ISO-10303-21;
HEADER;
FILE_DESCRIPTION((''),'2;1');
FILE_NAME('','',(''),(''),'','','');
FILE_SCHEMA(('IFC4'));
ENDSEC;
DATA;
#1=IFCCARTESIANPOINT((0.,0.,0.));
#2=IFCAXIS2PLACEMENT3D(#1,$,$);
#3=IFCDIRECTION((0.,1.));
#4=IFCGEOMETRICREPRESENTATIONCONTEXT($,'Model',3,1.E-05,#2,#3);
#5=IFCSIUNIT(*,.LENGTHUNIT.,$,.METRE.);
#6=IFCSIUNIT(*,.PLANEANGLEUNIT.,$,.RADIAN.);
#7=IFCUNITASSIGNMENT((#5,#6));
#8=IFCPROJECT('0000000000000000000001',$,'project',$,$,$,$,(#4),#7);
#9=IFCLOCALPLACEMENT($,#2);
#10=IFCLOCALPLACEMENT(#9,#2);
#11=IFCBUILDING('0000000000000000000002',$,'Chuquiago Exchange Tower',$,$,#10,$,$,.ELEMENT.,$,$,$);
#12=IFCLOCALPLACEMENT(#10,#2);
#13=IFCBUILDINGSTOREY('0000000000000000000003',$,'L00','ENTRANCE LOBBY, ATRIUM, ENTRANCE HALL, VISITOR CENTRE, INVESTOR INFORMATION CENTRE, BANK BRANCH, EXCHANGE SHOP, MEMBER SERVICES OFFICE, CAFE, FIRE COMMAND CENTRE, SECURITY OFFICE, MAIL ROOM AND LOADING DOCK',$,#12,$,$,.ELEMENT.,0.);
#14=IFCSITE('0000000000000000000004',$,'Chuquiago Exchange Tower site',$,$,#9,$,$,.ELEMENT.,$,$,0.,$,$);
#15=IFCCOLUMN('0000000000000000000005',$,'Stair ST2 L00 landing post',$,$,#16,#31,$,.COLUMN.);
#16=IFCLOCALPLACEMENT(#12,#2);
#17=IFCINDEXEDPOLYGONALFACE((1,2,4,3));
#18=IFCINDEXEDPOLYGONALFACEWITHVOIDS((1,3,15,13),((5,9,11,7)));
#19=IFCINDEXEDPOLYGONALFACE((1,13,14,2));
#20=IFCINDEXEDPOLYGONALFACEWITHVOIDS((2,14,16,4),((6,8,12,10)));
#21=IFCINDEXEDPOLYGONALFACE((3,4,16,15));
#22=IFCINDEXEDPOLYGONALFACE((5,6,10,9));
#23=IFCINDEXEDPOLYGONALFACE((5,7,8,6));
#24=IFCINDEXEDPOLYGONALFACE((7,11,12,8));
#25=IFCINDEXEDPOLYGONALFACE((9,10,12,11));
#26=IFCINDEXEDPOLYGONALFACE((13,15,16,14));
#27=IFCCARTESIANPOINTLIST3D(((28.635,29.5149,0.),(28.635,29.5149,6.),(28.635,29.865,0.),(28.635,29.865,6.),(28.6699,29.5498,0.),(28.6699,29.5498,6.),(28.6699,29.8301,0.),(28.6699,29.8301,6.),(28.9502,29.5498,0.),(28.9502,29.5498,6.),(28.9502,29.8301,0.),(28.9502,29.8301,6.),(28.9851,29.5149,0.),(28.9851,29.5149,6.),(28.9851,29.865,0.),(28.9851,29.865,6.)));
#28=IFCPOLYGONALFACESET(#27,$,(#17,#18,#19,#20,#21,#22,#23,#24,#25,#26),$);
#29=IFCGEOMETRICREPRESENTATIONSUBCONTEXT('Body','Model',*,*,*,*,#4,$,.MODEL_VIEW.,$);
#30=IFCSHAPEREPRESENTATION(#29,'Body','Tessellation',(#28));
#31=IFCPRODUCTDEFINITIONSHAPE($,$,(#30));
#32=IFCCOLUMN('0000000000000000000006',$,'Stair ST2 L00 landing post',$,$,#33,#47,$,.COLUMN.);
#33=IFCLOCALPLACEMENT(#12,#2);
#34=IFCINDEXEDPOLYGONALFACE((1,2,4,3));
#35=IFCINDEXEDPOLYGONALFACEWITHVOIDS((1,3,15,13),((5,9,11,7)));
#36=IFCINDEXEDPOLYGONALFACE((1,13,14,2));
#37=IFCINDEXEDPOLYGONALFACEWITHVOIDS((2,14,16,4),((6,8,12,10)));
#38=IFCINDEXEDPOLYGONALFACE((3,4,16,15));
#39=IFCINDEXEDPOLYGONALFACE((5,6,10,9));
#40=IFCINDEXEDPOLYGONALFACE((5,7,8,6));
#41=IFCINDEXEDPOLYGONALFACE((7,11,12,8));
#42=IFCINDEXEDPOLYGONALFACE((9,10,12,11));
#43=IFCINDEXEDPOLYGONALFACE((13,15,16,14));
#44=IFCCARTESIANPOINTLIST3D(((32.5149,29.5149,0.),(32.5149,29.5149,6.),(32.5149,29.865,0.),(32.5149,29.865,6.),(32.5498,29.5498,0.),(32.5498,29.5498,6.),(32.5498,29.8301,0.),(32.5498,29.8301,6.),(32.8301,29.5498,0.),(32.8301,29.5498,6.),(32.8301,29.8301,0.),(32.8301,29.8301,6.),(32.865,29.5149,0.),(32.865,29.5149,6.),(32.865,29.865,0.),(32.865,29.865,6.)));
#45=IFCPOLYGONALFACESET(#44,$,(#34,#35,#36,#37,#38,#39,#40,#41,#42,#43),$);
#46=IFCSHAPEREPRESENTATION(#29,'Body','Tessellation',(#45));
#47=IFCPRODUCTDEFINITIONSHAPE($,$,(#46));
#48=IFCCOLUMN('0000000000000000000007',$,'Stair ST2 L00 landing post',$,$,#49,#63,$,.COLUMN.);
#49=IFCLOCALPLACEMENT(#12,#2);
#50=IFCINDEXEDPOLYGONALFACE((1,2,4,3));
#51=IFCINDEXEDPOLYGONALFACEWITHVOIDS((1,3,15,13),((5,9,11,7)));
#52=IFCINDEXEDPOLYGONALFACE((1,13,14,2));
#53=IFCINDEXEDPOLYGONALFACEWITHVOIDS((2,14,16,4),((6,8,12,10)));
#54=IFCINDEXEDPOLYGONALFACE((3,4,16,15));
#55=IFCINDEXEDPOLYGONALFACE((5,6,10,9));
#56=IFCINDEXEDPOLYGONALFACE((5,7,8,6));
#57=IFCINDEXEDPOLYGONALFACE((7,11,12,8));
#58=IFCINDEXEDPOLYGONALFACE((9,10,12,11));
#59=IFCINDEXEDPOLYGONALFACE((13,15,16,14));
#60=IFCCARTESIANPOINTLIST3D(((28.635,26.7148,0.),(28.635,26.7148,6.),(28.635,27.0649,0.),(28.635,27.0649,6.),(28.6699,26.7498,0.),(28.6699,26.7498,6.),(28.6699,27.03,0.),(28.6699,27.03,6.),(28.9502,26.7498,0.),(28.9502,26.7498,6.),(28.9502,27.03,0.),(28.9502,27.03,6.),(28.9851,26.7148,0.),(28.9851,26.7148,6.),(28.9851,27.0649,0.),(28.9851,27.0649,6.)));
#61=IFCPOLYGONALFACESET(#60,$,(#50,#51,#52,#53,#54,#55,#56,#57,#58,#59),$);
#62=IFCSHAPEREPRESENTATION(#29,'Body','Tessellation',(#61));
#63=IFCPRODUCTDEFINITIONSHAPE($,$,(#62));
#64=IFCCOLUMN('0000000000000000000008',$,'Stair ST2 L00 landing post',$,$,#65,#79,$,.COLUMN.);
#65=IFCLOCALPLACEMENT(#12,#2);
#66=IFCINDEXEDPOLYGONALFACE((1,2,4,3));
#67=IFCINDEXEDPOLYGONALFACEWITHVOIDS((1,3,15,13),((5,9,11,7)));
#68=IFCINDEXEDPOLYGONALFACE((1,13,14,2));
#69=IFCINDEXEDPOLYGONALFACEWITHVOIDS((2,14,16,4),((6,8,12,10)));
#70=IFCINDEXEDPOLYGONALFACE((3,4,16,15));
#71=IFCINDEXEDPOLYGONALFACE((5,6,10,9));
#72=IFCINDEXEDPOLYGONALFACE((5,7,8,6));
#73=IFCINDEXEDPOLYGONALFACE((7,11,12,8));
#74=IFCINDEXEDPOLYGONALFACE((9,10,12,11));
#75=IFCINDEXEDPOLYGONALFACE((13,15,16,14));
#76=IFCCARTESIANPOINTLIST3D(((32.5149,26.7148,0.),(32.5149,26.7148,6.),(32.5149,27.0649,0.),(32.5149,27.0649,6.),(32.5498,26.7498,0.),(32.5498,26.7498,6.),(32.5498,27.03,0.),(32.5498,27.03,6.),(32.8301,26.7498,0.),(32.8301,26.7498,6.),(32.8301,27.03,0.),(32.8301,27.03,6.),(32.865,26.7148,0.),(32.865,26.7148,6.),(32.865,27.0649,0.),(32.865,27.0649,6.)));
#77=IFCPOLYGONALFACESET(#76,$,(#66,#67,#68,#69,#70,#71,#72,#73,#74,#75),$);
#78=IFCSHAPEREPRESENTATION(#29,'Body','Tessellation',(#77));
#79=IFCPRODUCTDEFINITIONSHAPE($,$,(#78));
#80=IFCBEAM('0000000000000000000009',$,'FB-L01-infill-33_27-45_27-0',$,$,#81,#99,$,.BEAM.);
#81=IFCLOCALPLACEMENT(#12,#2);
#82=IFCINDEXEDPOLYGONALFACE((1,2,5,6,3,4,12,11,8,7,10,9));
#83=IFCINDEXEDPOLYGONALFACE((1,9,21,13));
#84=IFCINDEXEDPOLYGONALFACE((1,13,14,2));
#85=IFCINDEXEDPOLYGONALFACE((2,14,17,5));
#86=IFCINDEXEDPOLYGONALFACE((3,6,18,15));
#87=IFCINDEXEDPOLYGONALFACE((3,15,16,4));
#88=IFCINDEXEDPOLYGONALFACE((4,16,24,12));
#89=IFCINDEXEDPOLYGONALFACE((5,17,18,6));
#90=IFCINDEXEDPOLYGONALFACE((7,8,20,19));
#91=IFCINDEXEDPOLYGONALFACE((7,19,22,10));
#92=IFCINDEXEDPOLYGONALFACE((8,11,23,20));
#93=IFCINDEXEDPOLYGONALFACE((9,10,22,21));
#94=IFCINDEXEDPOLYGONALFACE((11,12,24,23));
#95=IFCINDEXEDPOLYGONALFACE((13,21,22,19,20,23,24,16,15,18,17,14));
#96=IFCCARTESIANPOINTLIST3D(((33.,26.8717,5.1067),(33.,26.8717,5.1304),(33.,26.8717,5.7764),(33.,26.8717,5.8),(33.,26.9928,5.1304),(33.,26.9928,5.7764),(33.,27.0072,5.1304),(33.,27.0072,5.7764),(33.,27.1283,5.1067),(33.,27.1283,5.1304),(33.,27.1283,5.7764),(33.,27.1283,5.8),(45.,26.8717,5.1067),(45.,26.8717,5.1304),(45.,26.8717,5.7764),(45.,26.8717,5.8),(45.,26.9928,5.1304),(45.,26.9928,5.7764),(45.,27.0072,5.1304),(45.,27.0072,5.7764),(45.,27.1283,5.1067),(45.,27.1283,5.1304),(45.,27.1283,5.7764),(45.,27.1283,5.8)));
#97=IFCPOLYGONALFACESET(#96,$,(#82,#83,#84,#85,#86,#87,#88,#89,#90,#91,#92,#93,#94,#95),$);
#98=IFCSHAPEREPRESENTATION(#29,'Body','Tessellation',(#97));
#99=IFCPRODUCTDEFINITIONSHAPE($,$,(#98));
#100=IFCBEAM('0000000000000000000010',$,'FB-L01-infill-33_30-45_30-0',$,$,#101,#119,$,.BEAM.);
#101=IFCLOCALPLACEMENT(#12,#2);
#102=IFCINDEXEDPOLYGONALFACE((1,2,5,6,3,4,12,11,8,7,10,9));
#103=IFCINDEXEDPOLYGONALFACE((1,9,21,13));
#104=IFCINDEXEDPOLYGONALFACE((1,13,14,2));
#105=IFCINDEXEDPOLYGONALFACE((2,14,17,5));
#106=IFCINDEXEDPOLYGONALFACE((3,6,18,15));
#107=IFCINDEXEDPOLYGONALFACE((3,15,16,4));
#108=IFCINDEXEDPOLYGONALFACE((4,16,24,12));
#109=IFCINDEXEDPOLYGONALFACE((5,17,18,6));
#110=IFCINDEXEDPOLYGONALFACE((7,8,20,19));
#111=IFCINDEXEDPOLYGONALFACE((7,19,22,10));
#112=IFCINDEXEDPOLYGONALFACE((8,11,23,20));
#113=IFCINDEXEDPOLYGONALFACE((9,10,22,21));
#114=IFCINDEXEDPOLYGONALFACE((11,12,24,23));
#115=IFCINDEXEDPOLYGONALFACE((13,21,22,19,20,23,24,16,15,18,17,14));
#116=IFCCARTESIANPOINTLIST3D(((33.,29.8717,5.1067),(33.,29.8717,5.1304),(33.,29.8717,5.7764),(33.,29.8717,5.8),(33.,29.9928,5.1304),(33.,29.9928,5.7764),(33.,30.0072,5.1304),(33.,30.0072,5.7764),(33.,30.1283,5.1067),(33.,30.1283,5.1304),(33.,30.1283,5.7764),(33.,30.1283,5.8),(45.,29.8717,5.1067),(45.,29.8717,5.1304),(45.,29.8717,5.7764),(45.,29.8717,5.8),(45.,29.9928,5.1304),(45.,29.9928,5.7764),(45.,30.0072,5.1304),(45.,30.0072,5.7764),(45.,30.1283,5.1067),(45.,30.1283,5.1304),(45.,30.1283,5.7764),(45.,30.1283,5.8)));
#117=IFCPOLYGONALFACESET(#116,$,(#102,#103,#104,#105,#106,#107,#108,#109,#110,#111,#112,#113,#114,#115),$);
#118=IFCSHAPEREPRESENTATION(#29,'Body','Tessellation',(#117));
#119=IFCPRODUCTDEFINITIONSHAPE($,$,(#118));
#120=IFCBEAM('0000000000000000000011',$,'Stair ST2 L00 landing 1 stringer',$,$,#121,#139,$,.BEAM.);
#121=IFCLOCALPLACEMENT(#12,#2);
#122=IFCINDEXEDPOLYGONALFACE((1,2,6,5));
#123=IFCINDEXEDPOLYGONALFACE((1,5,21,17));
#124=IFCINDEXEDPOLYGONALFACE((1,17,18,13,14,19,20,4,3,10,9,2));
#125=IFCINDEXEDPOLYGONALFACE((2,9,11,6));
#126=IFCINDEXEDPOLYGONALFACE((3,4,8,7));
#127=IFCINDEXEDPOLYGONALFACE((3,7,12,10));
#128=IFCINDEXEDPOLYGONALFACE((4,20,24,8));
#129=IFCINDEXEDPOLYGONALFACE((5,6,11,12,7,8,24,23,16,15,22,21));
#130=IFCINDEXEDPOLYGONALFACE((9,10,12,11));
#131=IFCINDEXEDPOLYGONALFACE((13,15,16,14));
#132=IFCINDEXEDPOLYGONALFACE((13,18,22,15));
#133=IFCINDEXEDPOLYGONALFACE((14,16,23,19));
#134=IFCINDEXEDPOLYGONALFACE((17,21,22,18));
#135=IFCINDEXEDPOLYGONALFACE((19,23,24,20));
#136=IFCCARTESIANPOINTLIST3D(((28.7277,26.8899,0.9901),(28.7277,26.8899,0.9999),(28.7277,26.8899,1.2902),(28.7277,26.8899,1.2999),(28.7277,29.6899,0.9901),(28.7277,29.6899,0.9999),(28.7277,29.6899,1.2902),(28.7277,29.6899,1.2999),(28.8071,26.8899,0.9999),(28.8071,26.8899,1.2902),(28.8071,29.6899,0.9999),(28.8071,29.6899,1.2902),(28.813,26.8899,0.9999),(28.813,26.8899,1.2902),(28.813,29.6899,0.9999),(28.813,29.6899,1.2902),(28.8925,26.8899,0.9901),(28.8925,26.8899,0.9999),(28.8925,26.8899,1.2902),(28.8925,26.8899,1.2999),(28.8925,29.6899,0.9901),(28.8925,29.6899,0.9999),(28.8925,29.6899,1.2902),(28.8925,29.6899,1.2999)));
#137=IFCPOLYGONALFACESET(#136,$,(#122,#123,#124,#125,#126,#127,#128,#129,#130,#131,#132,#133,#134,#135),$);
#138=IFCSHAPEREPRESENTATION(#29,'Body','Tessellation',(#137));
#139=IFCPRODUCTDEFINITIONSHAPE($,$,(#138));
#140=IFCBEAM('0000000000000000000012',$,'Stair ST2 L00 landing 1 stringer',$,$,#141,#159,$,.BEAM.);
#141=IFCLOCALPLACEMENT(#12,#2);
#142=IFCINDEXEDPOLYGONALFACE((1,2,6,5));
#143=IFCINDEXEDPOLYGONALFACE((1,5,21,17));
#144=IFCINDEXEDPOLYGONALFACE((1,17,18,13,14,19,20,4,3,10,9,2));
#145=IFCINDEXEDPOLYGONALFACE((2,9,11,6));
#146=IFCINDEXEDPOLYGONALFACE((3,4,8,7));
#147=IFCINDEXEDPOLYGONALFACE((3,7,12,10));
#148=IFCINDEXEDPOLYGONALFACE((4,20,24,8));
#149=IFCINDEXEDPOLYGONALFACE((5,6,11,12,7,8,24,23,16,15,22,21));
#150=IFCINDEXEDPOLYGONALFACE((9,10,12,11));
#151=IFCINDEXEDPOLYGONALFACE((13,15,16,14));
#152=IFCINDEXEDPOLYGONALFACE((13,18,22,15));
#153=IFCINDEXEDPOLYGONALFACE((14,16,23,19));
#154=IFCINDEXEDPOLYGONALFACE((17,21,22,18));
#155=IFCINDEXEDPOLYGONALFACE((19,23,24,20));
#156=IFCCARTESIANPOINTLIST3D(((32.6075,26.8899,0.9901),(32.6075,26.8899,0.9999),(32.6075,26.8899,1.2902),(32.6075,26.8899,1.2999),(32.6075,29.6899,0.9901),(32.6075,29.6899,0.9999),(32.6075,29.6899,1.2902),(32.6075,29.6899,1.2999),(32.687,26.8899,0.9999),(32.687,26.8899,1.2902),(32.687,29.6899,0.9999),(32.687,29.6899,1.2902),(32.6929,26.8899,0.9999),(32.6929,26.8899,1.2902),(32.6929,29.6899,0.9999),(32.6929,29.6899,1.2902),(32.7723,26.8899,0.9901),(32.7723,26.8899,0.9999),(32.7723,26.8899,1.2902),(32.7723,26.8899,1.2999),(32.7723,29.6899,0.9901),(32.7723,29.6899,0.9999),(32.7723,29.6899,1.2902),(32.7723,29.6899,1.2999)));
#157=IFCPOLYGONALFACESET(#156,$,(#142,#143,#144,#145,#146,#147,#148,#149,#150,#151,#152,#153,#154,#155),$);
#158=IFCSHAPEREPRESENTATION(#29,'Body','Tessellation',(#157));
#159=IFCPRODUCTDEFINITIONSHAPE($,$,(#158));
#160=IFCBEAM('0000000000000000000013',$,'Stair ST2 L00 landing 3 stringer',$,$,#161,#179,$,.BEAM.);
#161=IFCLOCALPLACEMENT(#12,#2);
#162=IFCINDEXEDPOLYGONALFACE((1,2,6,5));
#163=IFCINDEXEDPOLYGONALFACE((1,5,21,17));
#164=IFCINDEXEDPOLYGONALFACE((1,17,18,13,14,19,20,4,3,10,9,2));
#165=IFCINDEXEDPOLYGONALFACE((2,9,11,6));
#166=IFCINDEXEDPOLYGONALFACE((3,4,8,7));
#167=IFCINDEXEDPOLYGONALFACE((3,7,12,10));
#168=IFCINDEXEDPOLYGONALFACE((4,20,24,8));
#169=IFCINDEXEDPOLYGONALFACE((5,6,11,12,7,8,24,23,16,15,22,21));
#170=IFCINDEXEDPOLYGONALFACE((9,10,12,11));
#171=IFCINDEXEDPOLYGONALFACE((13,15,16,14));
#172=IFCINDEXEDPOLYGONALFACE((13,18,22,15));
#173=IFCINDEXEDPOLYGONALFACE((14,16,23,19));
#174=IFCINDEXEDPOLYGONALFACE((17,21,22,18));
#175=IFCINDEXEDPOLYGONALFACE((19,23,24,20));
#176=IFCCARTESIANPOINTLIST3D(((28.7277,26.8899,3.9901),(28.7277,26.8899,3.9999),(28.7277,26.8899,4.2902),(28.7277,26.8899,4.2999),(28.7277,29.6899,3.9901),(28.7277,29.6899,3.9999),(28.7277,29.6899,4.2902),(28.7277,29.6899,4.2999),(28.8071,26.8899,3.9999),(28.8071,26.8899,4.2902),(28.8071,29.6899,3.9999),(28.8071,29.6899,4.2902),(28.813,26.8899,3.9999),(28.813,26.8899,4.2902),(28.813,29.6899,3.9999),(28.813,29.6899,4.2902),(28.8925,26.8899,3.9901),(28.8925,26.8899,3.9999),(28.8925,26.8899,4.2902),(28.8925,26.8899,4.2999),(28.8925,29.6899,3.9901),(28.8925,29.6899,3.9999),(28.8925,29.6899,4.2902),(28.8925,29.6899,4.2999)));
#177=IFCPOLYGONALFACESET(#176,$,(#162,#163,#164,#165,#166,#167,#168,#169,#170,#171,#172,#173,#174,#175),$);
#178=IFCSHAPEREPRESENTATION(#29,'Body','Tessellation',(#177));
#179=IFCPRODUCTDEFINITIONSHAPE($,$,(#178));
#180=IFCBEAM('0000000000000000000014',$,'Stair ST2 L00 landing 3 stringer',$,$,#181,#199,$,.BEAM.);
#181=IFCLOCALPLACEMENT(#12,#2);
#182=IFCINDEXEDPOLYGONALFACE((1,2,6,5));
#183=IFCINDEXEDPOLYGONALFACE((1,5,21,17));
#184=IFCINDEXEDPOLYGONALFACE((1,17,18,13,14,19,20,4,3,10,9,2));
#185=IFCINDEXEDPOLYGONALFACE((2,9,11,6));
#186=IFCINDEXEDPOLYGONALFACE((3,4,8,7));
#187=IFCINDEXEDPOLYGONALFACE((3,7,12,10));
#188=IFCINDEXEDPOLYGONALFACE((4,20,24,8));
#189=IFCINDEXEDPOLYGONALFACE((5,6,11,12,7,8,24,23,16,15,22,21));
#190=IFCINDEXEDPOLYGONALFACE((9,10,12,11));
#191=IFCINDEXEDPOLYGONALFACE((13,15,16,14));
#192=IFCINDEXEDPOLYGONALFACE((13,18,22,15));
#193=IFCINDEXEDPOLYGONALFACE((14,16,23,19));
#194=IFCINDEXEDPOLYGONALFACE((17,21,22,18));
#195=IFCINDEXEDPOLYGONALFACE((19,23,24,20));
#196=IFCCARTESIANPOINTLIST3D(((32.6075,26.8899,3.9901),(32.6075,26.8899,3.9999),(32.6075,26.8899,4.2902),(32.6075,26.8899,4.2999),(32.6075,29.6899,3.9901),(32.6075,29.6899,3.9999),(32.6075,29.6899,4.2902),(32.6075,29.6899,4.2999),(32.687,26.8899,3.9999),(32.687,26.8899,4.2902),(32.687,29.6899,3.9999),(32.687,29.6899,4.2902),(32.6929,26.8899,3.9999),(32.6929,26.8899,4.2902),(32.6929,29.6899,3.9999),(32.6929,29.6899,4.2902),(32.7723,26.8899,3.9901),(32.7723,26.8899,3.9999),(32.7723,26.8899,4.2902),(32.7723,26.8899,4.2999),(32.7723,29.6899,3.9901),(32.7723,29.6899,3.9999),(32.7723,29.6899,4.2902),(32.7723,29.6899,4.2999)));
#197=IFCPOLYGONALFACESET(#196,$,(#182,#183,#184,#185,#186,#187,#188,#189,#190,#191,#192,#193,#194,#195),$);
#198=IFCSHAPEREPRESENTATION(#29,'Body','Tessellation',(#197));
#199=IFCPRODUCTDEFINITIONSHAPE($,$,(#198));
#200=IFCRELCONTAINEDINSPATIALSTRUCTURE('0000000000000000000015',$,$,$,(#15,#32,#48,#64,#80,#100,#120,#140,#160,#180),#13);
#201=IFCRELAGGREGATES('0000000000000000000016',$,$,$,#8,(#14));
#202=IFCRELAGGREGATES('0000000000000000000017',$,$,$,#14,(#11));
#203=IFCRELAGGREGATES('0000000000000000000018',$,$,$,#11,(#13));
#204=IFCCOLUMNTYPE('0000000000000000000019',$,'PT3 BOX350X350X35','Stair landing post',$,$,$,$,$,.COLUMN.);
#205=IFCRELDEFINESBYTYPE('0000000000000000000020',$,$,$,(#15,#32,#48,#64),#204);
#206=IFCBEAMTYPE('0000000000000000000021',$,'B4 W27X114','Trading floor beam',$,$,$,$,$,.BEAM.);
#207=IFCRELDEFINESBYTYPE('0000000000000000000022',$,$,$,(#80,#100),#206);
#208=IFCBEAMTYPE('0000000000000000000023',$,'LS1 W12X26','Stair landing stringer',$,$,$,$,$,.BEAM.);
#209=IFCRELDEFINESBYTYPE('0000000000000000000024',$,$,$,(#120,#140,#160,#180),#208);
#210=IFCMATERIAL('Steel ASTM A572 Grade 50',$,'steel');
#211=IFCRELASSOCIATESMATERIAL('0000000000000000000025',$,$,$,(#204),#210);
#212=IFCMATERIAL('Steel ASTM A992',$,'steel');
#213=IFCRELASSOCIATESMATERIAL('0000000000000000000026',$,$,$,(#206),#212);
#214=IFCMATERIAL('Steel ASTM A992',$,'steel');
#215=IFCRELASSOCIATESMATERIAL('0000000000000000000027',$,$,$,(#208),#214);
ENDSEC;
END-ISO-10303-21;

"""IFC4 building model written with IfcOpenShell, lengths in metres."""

from ifc_helpers import new_model, si_unit, direction, frame, origin, origin_2d, place, context, subcontext, project, spatial, hollow_rectangle, i_section, extrude, material, material_profile, profile_set, type_object, element, save


model = new_model("IFC4")

# Units and contexts
model_context = context("Model", 3, precision=1e-05, world=origin(), true_north=direction((0.0, 1.0)))
body_context = subcontext(model_context, "Body", "Model", "MODEL_VIEW")
ifc_project = project(units=[si_unit("LENGTHUNIT", "METRE"), si_unit("PLANEANGLEUNIT", "RADIAN")], contexts=[model_context])

# Site, building, storey
site_placement = place(None, origin())
site = spatial("IfcSite", under=ifc_project, at=site_placement, Name="Chuquiago Exchange Tower site", CompositionType="ELEMENT", RefElevation=0.0)
building_placement = place(site_placement, origin())
building = spatial("IfcBuilding", under=site, at=building_placement, Name="Chuquiago Exchange Tower", CompositionType="ELEMENT")
storey_placement = place(building_placement, origin())
storey = spatial("IfcBuildingStorey", under=building, at=storey_placement, Name="L00", Description="ENTRANCE LOBBY, ATRIUM, ENTRANCE HALL, VISITOR CENTRE, INVESTOR INFORMATION CENTRE, BANK BRANCH, EXCHANGE SHOP, MEMBER SERVICES OFFICE, CAFE, FIRE COMMAND CENTRE, SECURITY OFFICE, MAIL ROOM AND LOADING DOCK", CompositionType="ELEMENT", Elevation=0.0)

# Columns
ifc_material_1 = material(Name="Steel ASTM A572 Grade 50", Category="steel")
ifc_material_profile_1 = material_profile(ifc_material_1, hollow_rectangle(XDim=0.3501, YDim=0.3501, WallThickness=0.0349, at=origin_2d()), Name="BOX350X350X35")
ifc_profile_set_1 = profile_set([ifc_material_profile_1], Name="Steel ASTM A572 Grade 50")
column_type = type_object("IfcColumnType", Name="PT3 BOX350X350X35", Description="Stair landing post", PredefinedType="COLUMN", material=ifc_profile_set_1)
for number, where, z_axis, x_axis, name in (
    (1, (28.8101, 29.6899, 0.0), (0.0, 0.0, 1.0), (1.0, 0.0, 0.0), "Stair ST2 L00 landing post"),
    (2, (32.6899, 29.6899, 0.0), (0.0, 0.0, 1.0), (1.0, 0.0, 0.0), "Stair ST2 L00 landing post"),
    (3, (28.8101, 26.8899, 0.0), (0.0, 0.0, 1.0), (1.0, 0.0, 0.0), "Stair ST2 L00 landing post"),
    (4, (32.6899, 26.8899, 0.0), (0.0, 0.0, 1.0), (1.0, 0.0, 0.0), "Stair ST2 L00 landing post"),
):
    element("IfcColumn", number, at=place(storey_placement, frame(where, z_axis=z_axis, x_axis=x_axis)), inside=storey, type_object=column_type, Name=name, PredefinedType="COLUMN", context=body_context, shape_type="SweptSolid", body=[
        extrude(hollow_rectangle(XDim=0.3501, YDim=0.3501, WallThickness=0.0349, at=origin_2d()), origin(), (0.0, 0.0, 1.0), 6.0),
    ])

# Beams
ifc_material_2 = material(Name="Steel ASTM A992", Category="steel")
ifc_material_profile_2 = material_profile(ifc_material_2, i_section(OverallWidth=0.2566, OverallDepth=0.6934, WebThickness=0.0144, FlangeThickness=0.0237, at=origin_2d()), Name="W27X114")
ifc_profile_set_2 = profile_set([ifc_material_profile_2], Name="Steel ASTM A992")
beam_type_1 = type_object("IfcBeamType", Name="B4 W27X114", Description="Trading floor beam", PredefinedType="BEAM", material=ifc_profile_set_2)
for number, where, z_axis, x_axis, name in (
    (5, (33.0, 27.0, 5.4534), (1.0, 0.0, 0.0), (0.0, 1.0, 0.0), "FB-L01-infill-33_27-45_27-0"),
    (6, (33.0, 30.0, 5.4534), (1.0, 0.0, 0.0), (0.0, 1.0, 0.0), "FB-L01-infill-33_30-45_30-0"),
):
    element("IfcBeam", number, at=place(storey_placement, frame(where, z_axis=z_axis, x_axis=x_axis)), inside=storey, type_object=beam_type_1, Name=name, PredefinedType="BEAM", context=body_context, shape_type="SweptSolid", body=[
        extrude(i_section(OverallWidth=0.2566, OverallDepth=0.6934, WebThickness=0.0144, FlangeThickness=0.0237, at=origin_2d()), origin(), (0.0, 0.0, 1.0), 12.0),
    ])
ifc_material_3 = material(Name="Steel ASTM A992", Category="steel")
ifc_material_profile_3 = material_profile(ifc_material_3, i_section(OverallWidth=0.1648, OverallDepth=0.3098, WebThickness=0.0059, FlangeThickness=0.0098, at=origin_2d()), Name="W12X26")
ifc_profile_set_3 = profile_set([ifc_material_profile_3], Name="Steel ASTM A992")
beam_type_2 = type_object("IfcBeamType", Name="LS1 W12X26", Description="Stair landing stringer", PredefinedType="BEAM", material=ifc_profile_set_3)
for number, where, z_axis, x_axis, name in (
    (7, (28.8101, 26.8899, 1.145), (0.0, 1.0, 0.0), (-1.0, 0.0, 0.0), "Stair ST2 L00 landing 1 stringer"),
    (8, (32.6899, 26.8899, 1.145), (0.0, 1.0, 0.0), (-1.0, 0.0, 0.0), "Stair ST2 L00 landing 1 stringer"),
    (9, (28.8101, 26.8899, 4.145), (0.0, 1.0, 0.0), (-1.0, 0.0, 0.0), "Stair ST2 L00 landing 3 stringer"),
    (10, (32.6899, 26.8899, 4.145), (0.0, 1.0, 0.0), (-1.0, 0.0, 0.0), "Stair ST2 L00 landing 3 stringer"),
):
    element("IfcBeam", number, at=place(storey_placement, frame(where, z_axis=z_axis, x_axis=x_axis)), inside=storey, type_object=beam_type_2, Name=name, PredefinedType="BEAM", context=body_context, shape_type="SweptSolid", body=[
        extrude(i_section(OverallWidth=0.1648, OverallDepth=0.3098, WebThickness=0.0059, FlangeThickness=0.0098, at=origin_2d()), origin(), (0.0, 0.0, 1.0), 2.8),
    ])

save(model, "model.ifc")
